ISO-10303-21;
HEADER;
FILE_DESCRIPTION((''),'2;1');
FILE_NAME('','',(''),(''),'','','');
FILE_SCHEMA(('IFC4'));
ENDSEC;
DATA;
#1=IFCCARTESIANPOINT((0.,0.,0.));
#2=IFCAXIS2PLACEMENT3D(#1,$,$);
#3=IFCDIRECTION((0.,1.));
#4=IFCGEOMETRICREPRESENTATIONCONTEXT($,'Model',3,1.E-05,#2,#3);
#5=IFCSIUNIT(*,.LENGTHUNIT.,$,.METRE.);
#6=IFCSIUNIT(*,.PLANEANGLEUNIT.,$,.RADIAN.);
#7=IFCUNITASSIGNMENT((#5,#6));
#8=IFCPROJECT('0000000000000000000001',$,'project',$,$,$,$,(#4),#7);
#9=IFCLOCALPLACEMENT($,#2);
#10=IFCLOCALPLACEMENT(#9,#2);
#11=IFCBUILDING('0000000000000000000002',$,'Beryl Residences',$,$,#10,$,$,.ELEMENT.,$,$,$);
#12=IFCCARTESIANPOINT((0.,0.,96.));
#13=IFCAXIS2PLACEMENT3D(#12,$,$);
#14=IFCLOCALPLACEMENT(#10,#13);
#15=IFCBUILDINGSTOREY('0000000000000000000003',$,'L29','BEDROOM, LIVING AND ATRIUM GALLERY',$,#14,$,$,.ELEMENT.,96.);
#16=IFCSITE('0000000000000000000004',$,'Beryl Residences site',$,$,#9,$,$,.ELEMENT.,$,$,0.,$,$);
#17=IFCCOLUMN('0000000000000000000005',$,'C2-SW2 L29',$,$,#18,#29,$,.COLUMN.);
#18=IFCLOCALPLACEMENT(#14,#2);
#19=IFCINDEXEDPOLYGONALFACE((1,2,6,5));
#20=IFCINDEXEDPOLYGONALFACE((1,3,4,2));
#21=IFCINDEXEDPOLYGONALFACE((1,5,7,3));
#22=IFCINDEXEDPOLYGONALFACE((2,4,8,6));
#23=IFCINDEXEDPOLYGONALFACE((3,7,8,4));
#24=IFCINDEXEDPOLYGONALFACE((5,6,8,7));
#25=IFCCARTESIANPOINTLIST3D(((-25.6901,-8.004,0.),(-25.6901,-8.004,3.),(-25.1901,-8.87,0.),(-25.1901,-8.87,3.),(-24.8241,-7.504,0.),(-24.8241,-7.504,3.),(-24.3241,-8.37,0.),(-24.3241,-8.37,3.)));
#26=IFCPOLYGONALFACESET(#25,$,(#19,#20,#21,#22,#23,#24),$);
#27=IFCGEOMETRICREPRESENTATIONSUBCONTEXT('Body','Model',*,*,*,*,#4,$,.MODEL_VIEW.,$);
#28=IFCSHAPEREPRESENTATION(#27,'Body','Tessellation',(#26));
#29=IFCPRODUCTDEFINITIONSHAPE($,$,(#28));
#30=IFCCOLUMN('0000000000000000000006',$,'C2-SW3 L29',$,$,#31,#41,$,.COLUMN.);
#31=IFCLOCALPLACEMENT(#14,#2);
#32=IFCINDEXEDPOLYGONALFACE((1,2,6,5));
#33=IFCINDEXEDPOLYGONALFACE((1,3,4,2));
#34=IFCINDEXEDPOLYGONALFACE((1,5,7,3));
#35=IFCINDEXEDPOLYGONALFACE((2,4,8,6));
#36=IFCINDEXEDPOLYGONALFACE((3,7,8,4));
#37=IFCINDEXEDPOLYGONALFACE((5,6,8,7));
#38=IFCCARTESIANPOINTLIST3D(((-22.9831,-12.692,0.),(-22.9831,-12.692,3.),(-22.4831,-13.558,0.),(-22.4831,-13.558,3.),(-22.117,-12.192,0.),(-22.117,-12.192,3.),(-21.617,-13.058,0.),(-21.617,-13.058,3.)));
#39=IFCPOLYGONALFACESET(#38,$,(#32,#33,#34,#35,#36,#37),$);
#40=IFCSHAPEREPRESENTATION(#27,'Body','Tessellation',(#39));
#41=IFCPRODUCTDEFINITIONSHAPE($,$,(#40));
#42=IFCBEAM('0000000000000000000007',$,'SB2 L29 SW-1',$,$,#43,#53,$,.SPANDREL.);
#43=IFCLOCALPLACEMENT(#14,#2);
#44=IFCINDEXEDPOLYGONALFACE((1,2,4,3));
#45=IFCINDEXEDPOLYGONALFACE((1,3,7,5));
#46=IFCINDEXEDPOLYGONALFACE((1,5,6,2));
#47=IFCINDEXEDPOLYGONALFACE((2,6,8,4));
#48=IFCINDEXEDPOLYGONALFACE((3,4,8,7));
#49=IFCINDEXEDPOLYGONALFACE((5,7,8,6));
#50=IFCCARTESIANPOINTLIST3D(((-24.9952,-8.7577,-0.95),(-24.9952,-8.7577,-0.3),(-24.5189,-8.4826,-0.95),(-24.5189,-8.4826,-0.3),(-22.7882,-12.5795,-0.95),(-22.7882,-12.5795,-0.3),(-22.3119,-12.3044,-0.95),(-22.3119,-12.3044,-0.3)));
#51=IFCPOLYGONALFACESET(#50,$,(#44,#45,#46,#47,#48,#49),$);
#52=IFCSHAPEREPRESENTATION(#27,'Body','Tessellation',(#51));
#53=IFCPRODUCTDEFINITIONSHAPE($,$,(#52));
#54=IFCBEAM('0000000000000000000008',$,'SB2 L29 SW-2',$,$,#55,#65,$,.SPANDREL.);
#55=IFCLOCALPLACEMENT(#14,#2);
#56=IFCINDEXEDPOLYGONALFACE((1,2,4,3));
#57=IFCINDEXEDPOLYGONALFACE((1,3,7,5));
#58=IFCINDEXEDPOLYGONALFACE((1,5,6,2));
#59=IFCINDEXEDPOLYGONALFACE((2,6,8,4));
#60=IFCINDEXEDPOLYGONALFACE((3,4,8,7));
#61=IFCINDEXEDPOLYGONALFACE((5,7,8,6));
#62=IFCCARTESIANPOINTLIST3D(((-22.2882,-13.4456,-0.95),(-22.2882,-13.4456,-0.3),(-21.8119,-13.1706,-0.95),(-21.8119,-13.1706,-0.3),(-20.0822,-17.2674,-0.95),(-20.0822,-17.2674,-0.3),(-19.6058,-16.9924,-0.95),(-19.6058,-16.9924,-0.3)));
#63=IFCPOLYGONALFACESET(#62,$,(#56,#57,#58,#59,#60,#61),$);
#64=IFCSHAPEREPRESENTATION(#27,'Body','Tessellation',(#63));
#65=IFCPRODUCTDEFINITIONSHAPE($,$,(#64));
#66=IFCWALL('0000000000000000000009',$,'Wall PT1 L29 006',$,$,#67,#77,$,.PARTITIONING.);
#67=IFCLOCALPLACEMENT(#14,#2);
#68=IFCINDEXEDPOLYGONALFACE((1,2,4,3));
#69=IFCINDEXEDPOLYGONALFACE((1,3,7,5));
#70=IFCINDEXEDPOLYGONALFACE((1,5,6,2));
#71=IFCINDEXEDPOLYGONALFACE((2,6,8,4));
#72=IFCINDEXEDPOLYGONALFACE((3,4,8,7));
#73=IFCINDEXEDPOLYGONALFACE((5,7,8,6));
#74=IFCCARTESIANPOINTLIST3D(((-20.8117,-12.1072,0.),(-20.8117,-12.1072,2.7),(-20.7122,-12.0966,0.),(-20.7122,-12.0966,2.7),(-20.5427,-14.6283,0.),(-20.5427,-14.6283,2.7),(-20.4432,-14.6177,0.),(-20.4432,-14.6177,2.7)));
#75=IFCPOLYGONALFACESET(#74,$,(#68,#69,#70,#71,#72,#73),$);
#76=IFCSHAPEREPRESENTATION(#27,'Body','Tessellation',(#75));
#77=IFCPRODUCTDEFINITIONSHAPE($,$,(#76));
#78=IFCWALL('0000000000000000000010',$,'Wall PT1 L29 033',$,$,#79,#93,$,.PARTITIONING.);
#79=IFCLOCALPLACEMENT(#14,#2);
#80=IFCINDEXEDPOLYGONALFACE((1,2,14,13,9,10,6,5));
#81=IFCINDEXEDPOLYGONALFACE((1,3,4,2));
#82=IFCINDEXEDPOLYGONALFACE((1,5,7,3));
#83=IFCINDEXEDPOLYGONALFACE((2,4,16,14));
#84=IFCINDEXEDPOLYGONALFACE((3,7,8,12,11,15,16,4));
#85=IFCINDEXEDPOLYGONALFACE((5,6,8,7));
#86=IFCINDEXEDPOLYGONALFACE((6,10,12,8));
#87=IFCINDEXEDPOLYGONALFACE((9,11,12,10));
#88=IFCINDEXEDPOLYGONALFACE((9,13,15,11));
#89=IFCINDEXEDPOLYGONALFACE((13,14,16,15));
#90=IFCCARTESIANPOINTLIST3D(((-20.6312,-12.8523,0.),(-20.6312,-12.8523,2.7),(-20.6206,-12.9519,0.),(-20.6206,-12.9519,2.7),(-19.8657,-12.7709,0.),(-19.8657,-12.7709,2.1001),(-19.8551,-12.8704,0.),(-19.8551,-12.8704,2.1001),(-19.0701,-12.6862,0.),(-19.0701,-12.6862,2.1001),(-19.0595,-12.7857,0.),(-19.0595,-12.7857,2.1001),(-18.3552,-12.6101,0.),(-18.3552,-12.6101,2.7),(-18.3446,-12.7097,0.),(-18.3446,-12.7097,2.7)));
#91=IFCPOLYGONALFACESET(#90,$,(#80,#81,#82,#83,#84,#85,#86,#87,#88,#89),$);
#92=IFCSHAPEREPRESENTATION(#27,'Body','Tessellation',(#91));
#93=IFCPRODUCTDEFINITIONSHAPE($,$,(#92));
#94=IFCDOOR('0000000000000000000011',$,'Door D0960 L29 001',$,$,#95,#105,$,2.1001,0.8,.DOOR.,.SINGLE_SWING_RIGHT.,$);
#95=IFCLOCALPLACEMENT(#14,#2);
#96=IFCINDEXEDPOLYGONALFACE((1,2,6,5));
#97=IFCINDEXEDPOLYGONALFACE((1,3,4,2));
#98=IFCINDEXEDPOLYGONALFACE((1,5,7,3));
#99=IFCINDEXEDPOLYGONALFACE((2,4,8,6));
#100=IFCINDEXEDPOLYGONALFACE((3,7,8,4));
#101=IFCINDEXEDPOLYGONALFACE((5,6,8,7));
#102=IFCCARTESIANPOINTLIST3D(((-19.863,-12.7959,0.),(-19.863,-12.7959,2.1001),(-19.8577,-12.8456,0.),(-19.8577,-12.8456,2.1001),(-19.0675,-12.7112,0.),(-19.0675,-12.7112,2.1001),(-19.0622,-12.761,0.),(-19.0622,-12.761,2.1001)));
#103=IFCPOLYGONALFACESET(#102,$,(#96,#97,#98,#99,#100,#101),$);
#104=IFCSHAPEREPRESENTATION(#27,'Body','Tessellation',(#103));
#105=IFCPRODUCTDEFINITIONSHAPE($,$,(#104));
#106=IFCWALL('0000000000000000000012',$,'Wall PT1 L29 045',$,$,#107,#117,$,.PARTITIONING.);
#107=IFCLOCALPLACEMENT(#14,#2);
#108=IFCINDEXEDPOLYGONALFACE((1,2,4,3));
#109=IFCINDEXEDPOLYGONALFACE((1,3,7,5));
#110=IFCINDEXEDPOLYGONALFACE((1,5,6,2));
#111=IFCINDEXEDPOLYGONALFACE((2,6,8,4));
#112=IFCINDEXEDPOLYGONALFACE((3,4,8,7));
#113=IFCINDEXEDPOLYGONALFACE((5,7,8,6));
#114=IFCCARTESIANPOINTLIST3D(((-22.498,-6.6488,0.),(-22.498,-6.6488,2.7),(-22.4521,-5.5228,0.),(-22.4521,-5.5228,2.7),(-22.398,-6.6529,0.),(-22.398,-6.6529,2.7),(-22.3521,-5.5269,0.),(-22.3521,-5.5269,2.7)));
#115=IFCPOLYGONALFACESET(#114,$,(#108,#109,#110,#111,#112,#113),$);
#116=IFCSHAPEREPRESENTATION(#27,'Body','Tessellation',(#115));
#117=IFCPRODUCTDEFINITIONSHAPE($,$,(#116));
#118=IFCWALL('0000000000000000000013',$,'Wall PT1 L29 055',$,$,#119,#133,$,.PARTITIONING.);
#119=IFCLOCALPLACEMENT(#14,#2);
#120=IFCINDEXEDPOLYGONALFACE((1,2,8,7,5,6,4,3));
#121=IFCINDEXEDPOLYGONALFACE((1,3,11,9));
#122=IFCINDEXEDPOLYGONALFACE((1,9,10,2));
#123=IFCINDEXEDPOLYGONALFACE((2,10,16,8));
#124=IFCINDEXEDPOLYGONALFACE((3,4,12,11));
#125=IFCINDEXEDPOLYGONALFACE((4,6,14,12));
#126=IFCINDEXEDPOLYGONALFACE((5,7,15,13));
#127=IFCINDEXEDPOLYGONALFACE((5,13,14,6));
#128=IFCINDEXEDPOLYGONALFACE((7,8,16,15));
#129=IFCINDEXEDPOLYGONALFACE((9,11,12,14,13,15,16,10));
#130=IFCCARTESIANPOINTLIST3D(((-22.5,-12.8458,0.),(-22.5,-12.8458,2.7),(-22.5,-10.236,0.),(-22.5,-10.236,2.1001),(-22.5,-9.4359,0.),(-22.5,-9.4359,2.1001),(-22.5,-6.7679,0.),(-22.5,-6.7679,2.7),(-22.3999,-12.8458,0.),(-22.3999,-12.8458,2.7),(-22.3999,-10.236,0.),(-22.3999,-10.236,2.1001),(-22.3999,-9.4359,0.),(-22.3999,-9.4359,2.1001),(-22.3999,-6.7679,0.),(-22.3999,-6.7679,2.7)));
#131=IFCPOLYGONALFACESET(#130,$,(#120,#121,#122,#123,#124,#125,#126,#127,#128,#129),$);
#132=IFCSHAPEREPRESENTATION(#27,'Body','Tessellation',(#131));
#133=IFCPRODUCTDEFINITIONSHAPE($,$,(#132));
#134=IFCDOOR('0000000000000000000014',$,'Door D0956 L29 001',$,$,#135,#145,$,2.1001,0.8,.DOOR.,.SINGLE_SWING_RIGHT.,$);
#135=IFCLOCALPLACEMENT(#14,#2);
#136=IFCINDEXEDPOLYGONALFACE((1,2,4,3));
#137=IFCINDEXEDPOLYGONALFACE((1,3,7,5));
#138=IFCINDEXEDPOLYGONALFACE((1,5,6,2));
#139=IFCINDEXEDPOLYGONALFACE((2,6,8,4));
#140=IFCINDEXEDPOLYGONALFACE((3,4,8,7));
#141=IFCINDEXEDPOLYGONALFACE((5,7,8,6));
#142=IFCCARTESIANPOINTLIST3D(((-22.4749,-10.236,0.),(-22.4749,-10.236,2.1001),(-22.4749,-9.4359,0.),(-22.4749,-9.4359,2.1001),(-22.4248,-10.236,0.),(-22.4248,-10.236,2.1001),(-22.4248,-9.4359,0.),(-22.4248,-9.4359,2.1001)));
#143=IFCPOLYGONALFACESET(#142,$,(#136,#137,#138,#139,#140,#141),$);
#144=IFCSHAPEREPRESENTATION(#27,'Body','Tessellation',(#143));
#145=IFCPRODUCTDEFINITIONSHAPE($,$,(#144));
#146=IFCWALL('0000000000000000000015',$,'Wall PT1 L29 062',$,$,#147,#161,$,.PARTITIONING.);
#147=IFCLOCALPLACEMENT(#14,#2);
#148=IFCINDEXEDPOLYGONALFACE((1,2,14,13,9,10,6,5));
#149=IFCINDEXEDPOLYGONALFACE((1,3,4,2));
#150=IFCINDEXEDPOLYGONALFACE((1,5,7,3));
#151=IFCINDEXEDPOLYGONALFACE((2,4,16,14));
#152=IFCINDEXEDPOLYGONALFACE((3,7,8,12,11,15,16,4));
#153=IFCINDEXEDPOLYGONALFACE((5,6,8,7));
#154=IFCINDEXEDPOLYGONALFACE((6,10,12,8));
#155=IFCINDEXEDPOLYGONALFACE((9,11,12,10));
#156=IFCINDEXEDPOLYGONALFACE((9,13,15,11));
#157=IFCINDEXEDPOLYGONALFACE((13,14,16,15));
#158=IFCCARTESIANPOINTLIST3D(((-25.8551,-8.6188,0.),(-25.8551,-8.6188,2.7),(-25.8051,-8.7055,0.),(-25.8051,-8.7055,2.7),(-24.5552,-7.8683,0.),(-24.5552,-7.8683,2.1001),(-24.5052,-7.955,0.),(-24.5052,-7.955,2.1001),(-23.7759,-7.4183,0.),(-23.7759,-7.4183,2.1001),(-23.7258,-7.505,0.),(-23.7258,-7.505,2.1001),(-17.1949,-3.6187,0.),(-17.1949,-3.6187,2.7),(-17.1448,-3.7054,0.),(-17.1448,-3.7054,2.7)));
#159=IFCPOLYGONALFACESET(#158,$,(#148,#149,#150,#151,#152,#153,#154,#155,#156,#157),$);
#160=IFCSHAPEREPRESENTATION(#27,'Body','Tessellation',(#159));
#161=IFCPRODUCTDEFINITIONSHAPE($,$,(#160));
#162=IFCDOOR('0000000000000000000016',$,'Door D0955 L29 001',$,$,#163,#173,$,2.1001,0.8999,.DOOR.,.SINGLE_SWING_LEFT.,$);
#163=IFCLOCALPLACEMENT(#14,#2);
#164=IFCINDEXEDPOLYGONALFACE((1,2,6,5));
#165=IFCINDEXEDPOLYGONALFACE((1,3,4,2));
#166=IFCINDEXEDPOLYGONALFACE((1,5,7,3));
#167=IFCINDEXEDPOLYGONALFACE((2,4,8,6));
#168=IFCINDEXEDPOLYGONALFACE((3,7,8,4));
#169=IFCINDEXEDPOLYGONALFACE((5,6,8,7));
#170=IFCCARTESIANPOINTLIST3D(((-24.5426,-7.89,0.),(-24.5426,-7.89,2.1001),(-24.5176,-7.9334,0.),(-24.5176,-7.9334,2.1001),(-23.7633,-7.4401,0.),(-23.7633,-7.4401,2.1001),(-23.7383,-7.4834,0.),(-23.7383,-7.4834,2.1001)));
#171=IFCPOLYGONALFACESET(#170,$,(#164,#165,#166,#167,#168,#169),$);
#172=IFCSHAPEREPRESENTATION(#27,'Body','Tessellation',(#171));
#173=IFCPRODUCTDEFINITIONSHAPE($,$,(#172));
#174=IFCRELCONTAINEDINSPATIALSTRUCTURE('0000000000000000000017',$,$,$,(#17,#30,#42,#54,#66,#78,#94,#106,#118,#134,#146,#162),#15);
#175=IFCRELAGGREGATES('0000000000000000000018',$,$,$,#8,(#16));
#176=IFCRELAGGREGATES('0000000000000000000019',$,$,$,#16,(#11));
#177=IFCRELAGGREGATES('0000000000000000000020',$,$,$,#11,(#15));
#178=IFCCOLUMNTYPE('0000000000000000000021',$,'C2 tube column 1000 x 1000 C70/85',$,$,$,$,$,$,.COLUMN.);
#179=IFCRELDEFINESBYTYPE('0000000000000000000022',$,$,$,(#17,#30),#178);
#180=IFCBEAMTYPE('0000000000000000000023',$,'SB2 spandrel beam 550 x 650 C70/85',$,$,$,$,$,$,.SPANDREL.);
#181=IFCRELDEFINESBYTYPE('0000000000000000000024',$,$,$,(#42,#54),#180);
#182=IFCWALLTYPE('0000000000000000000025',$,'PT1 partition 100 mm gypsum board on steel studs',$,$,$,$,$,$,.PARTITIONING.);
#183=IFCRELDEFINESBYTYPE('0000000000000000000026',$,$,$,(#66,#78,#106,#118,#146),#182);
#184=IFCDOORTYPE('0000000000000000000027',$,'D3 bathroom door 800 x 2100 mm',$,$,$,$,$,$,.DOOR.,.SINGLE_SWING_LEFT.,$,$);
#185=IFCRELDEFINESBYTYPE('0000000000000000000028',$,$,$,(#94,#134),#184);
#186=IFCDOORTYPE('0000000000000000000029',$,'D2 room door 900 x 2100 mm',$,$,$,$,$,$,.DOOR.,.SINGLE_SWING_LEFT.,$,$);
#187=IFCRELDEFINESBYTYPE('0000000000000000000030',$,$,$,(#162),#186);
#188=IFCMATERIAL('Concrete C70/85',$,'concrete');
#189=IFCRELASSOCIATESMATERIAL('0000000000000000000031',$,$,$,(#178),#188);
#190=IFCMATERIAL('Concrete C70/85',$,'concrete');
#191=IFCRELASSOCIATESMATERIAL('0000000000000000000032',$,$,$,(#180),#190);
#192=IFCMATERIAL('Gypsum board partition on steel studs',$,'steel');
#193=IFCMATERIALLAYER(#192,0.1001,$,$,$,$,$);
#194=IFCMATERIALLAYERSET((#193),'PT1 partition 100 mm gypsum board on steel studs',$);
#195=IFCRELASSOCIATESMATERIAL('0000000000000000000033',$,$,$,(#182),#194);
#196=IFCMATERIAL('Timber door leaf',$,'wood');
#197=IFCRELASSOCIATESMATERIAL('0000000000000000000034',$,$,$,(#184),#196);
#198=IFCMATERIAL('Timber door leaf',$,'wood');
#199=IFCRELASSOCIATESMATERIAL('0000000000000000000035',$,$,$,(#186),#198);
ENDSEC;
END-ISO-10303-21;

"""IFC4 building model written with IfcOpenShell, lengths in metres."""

from ifc_helpers import new_model, si_unit, direction, frame, frame_2d, origin, origin_2d, place, context, subcontext, project, spatial, rectangle, extrude, material, layer, layer_set, material_profile, profile_set, type_object, element, fill, save


model = new_model("IFC4")

# Units and contexts
model_context = context("Model", 3, precision=1e-05, world=origin(), true_north=direction((0.0, 1.0)))
body_context = subcontext(model_context, "Body", "Model", "MODEL_VIEW")
ifc_project = project(units=[si_unit("LENGTHUNIT", "METRE"), si_unit("PLANEANGLEUNIT", "RADIAN")], contexts=[model_context])

# Site, building, storey
site_placement = place(None, origin())
site = spatial("IfcSite", under=ifc_project, at=site_placement, Name="Beryl Residences site", CompositionType="ELEMENT", RefElevation=0.0)
building_placement = place(site_placement, origin())
building = spatial("IfcBuilding", under=site, at=building_placement, Name="Beryl Residences", CompositionType="ELEMENT")
storey_placement = place(building_placement, frame((0.0, 0.0, 96.0)))
storey = spatial("IfcBuildingStorey", under=building, at=storey_placement, Name="L29", Description="BEDROOM, LIVING AND ATRIUM GALLERY", CompositionType="ELEMENT", Elevation=96.0)

# Columns
ifc_material_1 = material(Name="Concrete C70/85", Category="concrete")
ifc_material_profile_1 = material_profile(ifc_material_1, rectangle(XDim=1.0, YDim=1.0, at=origin_2d()))
ifc_profile_set_1 = profile_set([ifc_material_profile_1], Name="Concrete C70/85")
column_type = type_object("IfcColumnType", Name="C2 tube column 1000 x 1000 C70/85", PredefinedType="COLUMN", material=ifc_profile_set_1)
for number, where, z_axis, x_axis, name in (
    (1, (-25.0071, -8.187, 0.0), (0.0, 0.0, 1.0), (0.5, -0.866025, 0.0), "C2-SW2 L29"),
    (2, (-22.3, -12.875, 0.0), (0.0, 0.0, 1.0), (0.5, -0.866025, 0.0), "C2-SW3 L29"),
):
    element("IfcColumn", number, at=place(storey_placement, frame(where, z_axis=z_axis, x_axis=x_axis)), inside=storey, type_object=column_type, Name=name, PredefinedType="COLUMN", context=body_context, shape_type="SweptSolid", body=[
        extrude(rectangle(XDim=1.0, YDim=1.0, at=origin_2d()), origin(), (0.0, 0.0, 1.0), 3.0),
    ])

# Beams
ifc_material_2 = material(Name="Concrete C70/85", Category="concrete")
ifc_material_profile_2 = material_profile(ifc_material_2, rectangle(XDim=0.55, YDim=0.6499, at=origin_2d()))
ifc_profile_set_2 = profile_set([ifc_material_profile_2], Name="Concrete C70/85")
beam_type = type_object("IfcBeamType", Name="SB2 spandrel beam 550 x 650 C70/85", PredefinedType="SPANDREL", material=ifc_profile_set_2)
beam_1_placement = place(storey_placement, frame((-24.7571, -8.6201, -0.625), z_axis=(0.50009, -0.865974, 0.0), x_axis=(0.865974, 0.50009, 0.0)))
element("IfcBeam", 3, at=beam_1_placement, inside=storey, type_object=beam_type, Name="SB2 L29 SW-1", PredefinedType="SPANDREL", context=body_context, shape_type="SweptSolid", body=[
    extrude(rectangle(XDim=0.55, YDim=0.6499, at=origin_2d()), origin(), (0.0, 0.0, 1.0), 4.4133),
])
beam_2_placement = place(storey_placement, frame((-22.05, -13.3081, -0.625), z_axis=(0.499924, -0.86607, 0.0), x_axis=(0.86607, 0.499924, 0.0)))
element("IfcBeam", 4, at=beam_2_placement, inside=storey, type_object=beam_type, Name="SB2 L29 SW-2", PredefinedType="SPANDREL", context=body_context, shape_type="SweptSolid", body=[
    extrude(rectangle(XDim=0.55, YDim=0.6499, at=origin_2d()), origin(), (0.0, 0.0, 1.0), 4.4128),
])

# Wall
ifc_material_3 = material(Name="Gypsum board partition on steel studs", Category="steel")
ifc_layer_1 = layer(ifc_material_3, 0.1001)
ifc_layer_set_1 = layer_set([ifc_layer_1], Name="PT1 partition 100 mm gypsum board on steel studs")
wall_type_1 = type_object("IfcWallType", Name="PT1 partition 100 mm gypsum board on steel studs", PredefinedType="PARTITIONING", material=ifc_layer_set_1)
wall_1_placement = place(storey_placement, frame((-20.762, -12.1021, 0.0), z_axis=(0.0, 0.0, 1.0), x_axis=(0.106118, -0.994354, 0.0)))
element("IfcWall", 5, at=wall_1_placement, inside=storey, type_object=wall_type_1, Name="Wall PT1 L29 006", PredefinedType="PARTITIONING", context=body_context, shape_type="SweptSolid", body=[
    extrude(rectangle(XDim=2.5354, YDim=0.1001, at=frame_2d((1.2676, 0.0))), origin(), (0.0, 0.0, 1.0), 2.7),
])

# Wall, opening, door
wall_2_placement = place(storey_placement, frame((-20.626, -12.9021, 0.0), z_axis=(0.0, 0.0, 1.0), x_axis=(0.994386, 0.105817, 0.0)))
wall_2 = element("IfcWall", 6, at=wall_2_placement, inside=storey, type_object=wall_type_1, Name="Wall PT1 L29 033", PredefinedType="PARTITIONING", context=body_context, shape_type="SweptSolid", body=[
    extrude(rectangle(XDim=2.2888, YDim=0.1001, at=frame_2d((1.1445, 0.0))), origin(), (0.0, 0.0, 1.0), 2.7),
])
opening_1_placement = place(wall_2_placement, frame((0.77, 0.0, 0.0)))
opening_1 = element("IfcOpeningElement", 7, at=opening_1_placement, cuts=wall_2, PredefinedType="OPENING", context=body_context, shape_type="SweptSolid", body=[
    extrude(rectangle(XDim=0.8, YDim=2.1001, at=frame_2d((0.3999, 1.05))), frame((0.0, 0.0601, 0.0), z_axis=(0.0, -1.0, 0.0), x_axis=(1.0, 0.0, 0.0)), (0.0, 0.0, 1.0), 0.1201),
])
ifc_material_4 = material(Name="Timber door leaf", Category="wood")
door_type_1 = type_object("IfcDoorType", Name="D3 bathroom door 800 x 2100 mm", OperationType="SINGLE_SWING_LEFT", PredefinedType="DOOR", material=ifc_material_4)
door_1_placement = place(opening_1_placement, origin())
door_1 = element("IfcDoor", 8, at=door_1_placement, inside=storey, type_object=door_type_1, Name="Door D0960 L29 001", OperationType="SINGLE_SWING_RIGHT", OverallHeight=2.1001, OverallWidth=0.8, PredefinedType="DOOR", context=body_context, shape_type="SweptSolid", body=[
    extrude(rectangle(XDim=0.8, YDim=2.1001, at=frame_2d((0.3999, 1.05))), frame((0.0, 0.0249, 0.0), z_axis=(0.0, -1.0, 0.0), x_axis=(1.0, 0.0, 0.0)), (0.0, 0.0, 1.0), 0.05),
])
fill(opening_1, door_1)

# Wall
wall_3_placement = place(storey_placement, frame((-22.448, -6.6509, 0.0), z_axis=(0.0, 0.0, 1.0), x_axis=(0.040729, 0.99917, 0.0)))
element("IfcWall", 9, at=wall_3_placement, inside=storey, type_object=wall_type_1, Name="Wall PT1 L29 045", PredefinedType="PARTITIONING", context=body_context, shape_type="SweptSolid", body=[
    extrude(rectangle(XDim=1.127, YDim=0.1001, at=frame_2d((0.5635, 0.0))), origin(), (0.0, 0.0, 1.0), 2.7),
])

# Walls, openings, doors
wall_4_placement = place(storey_placement, frame((-22.45, -12.8459, 0.0), z_axis=(0.0, 0.0, 1.0), x_axis=(0.0, 1.0, 0.0)))
wall_4 = element("IfcWall", 10, at=wall_4_placement, inside=storey, type_object=wall_type_1, Name="Wall PT1 L29 055", PredefinedType="PARTITIONING", context=body_context, shape_type="SweptSolid", body=[
    extrude(rectangle(XDim=6.0779, YDim=0.1001, at=frame_2d((3.0391, 0.0))), origin(), (0.0, 0.0, 1.0), 2.7),
])
opening_2_placement = place(wall_4_placement, frame((2.6101, 0.0, 0.0)))
opening_2 = element("IfcOpeningElement", 11, at=opening_2_placement, cuts=wall_4, PredefinedType="OPENING", context=body_context, shape_type="SweptSolid", body=[
    extrude(rectangle(XDim=0.8, YDim=2.1001, at=frame_2d((0.3999, 1.05))), frame((0.0, 0.0601, 0.0), z_axis=(0.0, -1.0, 0.0), x_axis=(1.0, 0.0, 0.0)), (0.0, 0.0, 1.0), 0.1201),
])
door_2_placement = place(opening_2_placement, origin())
door_2 = element("IfcDoor", 12, at=door_2_placement, inside=storey, type_object=door_type_1, Name="Door D0956 L29 001", OperationType="SINGLE_SWING_RIGHT", OverallHeight=2.1001, OverallWidth=0.8, PredefinedType="DOOR", context=body_context, shape_type="SweptSolid", body=[
    extrude(rectangle(XDim=0.8, YDim=2.1001, at=frame_2d((0.3999, 1.05))), frame((0.0, 0.0249, 0.0), z_axis=(0.0, -1.0, 0.0), x_axis=(1.0, 0.0, 0.0)), (0.0, 0.0, 1.0), 0.05),
])
fill(opening_2, door_2)
wall_5_placement = place(storey_placement, frame((-25.8301, -8.6621, 0.0), z_axis=(0.0, 0.0, 1.0), x_axis=(0.866023, 0.500004, 0.0)))
wall_5 = element("IfcWall", 13, at=wall_5_placement, inside=storey, type_object=wall_type_1, Name="Wall PT1 L29 062", PredefinedType="PARTITIONING", context=body_context, shape_type="SweptSolid", body=[
    extrude(rectangle(XDim=10.0, YDim=0.1001, at=frame_2d((5.0, 0.0))), origin(), (0.0, 0.0, 1.0), 2.7),
])
opening_3_placement = place(wall_5_placement, frame((1.501, 0.0, 0.0)))
opening_3 = element("IfcOpeningElement", 14, at=opening_3_placement, cuts=wall_5, PredefinedType="OPENING", context=body_context, shape_type="SweptSolid", body=[
    extrude(rectangle(XDim=0.8999, YDim=2.1001, at=frame_2d((0.45, 1.05))), frame((0.0, 0.0601, 0.0), z_axis=(0.0, -1.0, 0.0), x_axis=(1.0, 0.0, 0.0)), (0.0, 0.0, 1.0), 0.1201),
])
ifc_material_5 = material(Name="Timber door leaf", Category="wood")
door_type_2 = type_object("IfcDoorType", Name="D2 room door 900 x 2100 mm", OperationType="SINGLE_SWING_LEFT", PredefinedType="DOOR", material=ifc_material_5)
door_3_placement = place(opening_3_placement, origin())
door_3 = element("IfcDoor", 15, at=door_3_placement, inside=storey, type_object=door_type_2, Name="Door D0955 L29 001", OperationType="SINGLE_SWING_LEFT", OverallHeight=2.1001, OverallWidth=0.8999, PredefinedType="DOOR", context=body_context, shape_type="SweptSolid", body=[
    extrude(rectangle(XDim=0.8999, YDim=2.1001, at=frame_2d((0.45, 1.05))), frame((0.0, 0.0249, 0.0), z_axis=(0.0, -1.0, 0.0), x_axis=(1.0, 0.0, 0.0)), (0.0, 0.0, 1.0), 0.05),
])
fill(opening_3, door_3)

save(model, "model.ifc")
